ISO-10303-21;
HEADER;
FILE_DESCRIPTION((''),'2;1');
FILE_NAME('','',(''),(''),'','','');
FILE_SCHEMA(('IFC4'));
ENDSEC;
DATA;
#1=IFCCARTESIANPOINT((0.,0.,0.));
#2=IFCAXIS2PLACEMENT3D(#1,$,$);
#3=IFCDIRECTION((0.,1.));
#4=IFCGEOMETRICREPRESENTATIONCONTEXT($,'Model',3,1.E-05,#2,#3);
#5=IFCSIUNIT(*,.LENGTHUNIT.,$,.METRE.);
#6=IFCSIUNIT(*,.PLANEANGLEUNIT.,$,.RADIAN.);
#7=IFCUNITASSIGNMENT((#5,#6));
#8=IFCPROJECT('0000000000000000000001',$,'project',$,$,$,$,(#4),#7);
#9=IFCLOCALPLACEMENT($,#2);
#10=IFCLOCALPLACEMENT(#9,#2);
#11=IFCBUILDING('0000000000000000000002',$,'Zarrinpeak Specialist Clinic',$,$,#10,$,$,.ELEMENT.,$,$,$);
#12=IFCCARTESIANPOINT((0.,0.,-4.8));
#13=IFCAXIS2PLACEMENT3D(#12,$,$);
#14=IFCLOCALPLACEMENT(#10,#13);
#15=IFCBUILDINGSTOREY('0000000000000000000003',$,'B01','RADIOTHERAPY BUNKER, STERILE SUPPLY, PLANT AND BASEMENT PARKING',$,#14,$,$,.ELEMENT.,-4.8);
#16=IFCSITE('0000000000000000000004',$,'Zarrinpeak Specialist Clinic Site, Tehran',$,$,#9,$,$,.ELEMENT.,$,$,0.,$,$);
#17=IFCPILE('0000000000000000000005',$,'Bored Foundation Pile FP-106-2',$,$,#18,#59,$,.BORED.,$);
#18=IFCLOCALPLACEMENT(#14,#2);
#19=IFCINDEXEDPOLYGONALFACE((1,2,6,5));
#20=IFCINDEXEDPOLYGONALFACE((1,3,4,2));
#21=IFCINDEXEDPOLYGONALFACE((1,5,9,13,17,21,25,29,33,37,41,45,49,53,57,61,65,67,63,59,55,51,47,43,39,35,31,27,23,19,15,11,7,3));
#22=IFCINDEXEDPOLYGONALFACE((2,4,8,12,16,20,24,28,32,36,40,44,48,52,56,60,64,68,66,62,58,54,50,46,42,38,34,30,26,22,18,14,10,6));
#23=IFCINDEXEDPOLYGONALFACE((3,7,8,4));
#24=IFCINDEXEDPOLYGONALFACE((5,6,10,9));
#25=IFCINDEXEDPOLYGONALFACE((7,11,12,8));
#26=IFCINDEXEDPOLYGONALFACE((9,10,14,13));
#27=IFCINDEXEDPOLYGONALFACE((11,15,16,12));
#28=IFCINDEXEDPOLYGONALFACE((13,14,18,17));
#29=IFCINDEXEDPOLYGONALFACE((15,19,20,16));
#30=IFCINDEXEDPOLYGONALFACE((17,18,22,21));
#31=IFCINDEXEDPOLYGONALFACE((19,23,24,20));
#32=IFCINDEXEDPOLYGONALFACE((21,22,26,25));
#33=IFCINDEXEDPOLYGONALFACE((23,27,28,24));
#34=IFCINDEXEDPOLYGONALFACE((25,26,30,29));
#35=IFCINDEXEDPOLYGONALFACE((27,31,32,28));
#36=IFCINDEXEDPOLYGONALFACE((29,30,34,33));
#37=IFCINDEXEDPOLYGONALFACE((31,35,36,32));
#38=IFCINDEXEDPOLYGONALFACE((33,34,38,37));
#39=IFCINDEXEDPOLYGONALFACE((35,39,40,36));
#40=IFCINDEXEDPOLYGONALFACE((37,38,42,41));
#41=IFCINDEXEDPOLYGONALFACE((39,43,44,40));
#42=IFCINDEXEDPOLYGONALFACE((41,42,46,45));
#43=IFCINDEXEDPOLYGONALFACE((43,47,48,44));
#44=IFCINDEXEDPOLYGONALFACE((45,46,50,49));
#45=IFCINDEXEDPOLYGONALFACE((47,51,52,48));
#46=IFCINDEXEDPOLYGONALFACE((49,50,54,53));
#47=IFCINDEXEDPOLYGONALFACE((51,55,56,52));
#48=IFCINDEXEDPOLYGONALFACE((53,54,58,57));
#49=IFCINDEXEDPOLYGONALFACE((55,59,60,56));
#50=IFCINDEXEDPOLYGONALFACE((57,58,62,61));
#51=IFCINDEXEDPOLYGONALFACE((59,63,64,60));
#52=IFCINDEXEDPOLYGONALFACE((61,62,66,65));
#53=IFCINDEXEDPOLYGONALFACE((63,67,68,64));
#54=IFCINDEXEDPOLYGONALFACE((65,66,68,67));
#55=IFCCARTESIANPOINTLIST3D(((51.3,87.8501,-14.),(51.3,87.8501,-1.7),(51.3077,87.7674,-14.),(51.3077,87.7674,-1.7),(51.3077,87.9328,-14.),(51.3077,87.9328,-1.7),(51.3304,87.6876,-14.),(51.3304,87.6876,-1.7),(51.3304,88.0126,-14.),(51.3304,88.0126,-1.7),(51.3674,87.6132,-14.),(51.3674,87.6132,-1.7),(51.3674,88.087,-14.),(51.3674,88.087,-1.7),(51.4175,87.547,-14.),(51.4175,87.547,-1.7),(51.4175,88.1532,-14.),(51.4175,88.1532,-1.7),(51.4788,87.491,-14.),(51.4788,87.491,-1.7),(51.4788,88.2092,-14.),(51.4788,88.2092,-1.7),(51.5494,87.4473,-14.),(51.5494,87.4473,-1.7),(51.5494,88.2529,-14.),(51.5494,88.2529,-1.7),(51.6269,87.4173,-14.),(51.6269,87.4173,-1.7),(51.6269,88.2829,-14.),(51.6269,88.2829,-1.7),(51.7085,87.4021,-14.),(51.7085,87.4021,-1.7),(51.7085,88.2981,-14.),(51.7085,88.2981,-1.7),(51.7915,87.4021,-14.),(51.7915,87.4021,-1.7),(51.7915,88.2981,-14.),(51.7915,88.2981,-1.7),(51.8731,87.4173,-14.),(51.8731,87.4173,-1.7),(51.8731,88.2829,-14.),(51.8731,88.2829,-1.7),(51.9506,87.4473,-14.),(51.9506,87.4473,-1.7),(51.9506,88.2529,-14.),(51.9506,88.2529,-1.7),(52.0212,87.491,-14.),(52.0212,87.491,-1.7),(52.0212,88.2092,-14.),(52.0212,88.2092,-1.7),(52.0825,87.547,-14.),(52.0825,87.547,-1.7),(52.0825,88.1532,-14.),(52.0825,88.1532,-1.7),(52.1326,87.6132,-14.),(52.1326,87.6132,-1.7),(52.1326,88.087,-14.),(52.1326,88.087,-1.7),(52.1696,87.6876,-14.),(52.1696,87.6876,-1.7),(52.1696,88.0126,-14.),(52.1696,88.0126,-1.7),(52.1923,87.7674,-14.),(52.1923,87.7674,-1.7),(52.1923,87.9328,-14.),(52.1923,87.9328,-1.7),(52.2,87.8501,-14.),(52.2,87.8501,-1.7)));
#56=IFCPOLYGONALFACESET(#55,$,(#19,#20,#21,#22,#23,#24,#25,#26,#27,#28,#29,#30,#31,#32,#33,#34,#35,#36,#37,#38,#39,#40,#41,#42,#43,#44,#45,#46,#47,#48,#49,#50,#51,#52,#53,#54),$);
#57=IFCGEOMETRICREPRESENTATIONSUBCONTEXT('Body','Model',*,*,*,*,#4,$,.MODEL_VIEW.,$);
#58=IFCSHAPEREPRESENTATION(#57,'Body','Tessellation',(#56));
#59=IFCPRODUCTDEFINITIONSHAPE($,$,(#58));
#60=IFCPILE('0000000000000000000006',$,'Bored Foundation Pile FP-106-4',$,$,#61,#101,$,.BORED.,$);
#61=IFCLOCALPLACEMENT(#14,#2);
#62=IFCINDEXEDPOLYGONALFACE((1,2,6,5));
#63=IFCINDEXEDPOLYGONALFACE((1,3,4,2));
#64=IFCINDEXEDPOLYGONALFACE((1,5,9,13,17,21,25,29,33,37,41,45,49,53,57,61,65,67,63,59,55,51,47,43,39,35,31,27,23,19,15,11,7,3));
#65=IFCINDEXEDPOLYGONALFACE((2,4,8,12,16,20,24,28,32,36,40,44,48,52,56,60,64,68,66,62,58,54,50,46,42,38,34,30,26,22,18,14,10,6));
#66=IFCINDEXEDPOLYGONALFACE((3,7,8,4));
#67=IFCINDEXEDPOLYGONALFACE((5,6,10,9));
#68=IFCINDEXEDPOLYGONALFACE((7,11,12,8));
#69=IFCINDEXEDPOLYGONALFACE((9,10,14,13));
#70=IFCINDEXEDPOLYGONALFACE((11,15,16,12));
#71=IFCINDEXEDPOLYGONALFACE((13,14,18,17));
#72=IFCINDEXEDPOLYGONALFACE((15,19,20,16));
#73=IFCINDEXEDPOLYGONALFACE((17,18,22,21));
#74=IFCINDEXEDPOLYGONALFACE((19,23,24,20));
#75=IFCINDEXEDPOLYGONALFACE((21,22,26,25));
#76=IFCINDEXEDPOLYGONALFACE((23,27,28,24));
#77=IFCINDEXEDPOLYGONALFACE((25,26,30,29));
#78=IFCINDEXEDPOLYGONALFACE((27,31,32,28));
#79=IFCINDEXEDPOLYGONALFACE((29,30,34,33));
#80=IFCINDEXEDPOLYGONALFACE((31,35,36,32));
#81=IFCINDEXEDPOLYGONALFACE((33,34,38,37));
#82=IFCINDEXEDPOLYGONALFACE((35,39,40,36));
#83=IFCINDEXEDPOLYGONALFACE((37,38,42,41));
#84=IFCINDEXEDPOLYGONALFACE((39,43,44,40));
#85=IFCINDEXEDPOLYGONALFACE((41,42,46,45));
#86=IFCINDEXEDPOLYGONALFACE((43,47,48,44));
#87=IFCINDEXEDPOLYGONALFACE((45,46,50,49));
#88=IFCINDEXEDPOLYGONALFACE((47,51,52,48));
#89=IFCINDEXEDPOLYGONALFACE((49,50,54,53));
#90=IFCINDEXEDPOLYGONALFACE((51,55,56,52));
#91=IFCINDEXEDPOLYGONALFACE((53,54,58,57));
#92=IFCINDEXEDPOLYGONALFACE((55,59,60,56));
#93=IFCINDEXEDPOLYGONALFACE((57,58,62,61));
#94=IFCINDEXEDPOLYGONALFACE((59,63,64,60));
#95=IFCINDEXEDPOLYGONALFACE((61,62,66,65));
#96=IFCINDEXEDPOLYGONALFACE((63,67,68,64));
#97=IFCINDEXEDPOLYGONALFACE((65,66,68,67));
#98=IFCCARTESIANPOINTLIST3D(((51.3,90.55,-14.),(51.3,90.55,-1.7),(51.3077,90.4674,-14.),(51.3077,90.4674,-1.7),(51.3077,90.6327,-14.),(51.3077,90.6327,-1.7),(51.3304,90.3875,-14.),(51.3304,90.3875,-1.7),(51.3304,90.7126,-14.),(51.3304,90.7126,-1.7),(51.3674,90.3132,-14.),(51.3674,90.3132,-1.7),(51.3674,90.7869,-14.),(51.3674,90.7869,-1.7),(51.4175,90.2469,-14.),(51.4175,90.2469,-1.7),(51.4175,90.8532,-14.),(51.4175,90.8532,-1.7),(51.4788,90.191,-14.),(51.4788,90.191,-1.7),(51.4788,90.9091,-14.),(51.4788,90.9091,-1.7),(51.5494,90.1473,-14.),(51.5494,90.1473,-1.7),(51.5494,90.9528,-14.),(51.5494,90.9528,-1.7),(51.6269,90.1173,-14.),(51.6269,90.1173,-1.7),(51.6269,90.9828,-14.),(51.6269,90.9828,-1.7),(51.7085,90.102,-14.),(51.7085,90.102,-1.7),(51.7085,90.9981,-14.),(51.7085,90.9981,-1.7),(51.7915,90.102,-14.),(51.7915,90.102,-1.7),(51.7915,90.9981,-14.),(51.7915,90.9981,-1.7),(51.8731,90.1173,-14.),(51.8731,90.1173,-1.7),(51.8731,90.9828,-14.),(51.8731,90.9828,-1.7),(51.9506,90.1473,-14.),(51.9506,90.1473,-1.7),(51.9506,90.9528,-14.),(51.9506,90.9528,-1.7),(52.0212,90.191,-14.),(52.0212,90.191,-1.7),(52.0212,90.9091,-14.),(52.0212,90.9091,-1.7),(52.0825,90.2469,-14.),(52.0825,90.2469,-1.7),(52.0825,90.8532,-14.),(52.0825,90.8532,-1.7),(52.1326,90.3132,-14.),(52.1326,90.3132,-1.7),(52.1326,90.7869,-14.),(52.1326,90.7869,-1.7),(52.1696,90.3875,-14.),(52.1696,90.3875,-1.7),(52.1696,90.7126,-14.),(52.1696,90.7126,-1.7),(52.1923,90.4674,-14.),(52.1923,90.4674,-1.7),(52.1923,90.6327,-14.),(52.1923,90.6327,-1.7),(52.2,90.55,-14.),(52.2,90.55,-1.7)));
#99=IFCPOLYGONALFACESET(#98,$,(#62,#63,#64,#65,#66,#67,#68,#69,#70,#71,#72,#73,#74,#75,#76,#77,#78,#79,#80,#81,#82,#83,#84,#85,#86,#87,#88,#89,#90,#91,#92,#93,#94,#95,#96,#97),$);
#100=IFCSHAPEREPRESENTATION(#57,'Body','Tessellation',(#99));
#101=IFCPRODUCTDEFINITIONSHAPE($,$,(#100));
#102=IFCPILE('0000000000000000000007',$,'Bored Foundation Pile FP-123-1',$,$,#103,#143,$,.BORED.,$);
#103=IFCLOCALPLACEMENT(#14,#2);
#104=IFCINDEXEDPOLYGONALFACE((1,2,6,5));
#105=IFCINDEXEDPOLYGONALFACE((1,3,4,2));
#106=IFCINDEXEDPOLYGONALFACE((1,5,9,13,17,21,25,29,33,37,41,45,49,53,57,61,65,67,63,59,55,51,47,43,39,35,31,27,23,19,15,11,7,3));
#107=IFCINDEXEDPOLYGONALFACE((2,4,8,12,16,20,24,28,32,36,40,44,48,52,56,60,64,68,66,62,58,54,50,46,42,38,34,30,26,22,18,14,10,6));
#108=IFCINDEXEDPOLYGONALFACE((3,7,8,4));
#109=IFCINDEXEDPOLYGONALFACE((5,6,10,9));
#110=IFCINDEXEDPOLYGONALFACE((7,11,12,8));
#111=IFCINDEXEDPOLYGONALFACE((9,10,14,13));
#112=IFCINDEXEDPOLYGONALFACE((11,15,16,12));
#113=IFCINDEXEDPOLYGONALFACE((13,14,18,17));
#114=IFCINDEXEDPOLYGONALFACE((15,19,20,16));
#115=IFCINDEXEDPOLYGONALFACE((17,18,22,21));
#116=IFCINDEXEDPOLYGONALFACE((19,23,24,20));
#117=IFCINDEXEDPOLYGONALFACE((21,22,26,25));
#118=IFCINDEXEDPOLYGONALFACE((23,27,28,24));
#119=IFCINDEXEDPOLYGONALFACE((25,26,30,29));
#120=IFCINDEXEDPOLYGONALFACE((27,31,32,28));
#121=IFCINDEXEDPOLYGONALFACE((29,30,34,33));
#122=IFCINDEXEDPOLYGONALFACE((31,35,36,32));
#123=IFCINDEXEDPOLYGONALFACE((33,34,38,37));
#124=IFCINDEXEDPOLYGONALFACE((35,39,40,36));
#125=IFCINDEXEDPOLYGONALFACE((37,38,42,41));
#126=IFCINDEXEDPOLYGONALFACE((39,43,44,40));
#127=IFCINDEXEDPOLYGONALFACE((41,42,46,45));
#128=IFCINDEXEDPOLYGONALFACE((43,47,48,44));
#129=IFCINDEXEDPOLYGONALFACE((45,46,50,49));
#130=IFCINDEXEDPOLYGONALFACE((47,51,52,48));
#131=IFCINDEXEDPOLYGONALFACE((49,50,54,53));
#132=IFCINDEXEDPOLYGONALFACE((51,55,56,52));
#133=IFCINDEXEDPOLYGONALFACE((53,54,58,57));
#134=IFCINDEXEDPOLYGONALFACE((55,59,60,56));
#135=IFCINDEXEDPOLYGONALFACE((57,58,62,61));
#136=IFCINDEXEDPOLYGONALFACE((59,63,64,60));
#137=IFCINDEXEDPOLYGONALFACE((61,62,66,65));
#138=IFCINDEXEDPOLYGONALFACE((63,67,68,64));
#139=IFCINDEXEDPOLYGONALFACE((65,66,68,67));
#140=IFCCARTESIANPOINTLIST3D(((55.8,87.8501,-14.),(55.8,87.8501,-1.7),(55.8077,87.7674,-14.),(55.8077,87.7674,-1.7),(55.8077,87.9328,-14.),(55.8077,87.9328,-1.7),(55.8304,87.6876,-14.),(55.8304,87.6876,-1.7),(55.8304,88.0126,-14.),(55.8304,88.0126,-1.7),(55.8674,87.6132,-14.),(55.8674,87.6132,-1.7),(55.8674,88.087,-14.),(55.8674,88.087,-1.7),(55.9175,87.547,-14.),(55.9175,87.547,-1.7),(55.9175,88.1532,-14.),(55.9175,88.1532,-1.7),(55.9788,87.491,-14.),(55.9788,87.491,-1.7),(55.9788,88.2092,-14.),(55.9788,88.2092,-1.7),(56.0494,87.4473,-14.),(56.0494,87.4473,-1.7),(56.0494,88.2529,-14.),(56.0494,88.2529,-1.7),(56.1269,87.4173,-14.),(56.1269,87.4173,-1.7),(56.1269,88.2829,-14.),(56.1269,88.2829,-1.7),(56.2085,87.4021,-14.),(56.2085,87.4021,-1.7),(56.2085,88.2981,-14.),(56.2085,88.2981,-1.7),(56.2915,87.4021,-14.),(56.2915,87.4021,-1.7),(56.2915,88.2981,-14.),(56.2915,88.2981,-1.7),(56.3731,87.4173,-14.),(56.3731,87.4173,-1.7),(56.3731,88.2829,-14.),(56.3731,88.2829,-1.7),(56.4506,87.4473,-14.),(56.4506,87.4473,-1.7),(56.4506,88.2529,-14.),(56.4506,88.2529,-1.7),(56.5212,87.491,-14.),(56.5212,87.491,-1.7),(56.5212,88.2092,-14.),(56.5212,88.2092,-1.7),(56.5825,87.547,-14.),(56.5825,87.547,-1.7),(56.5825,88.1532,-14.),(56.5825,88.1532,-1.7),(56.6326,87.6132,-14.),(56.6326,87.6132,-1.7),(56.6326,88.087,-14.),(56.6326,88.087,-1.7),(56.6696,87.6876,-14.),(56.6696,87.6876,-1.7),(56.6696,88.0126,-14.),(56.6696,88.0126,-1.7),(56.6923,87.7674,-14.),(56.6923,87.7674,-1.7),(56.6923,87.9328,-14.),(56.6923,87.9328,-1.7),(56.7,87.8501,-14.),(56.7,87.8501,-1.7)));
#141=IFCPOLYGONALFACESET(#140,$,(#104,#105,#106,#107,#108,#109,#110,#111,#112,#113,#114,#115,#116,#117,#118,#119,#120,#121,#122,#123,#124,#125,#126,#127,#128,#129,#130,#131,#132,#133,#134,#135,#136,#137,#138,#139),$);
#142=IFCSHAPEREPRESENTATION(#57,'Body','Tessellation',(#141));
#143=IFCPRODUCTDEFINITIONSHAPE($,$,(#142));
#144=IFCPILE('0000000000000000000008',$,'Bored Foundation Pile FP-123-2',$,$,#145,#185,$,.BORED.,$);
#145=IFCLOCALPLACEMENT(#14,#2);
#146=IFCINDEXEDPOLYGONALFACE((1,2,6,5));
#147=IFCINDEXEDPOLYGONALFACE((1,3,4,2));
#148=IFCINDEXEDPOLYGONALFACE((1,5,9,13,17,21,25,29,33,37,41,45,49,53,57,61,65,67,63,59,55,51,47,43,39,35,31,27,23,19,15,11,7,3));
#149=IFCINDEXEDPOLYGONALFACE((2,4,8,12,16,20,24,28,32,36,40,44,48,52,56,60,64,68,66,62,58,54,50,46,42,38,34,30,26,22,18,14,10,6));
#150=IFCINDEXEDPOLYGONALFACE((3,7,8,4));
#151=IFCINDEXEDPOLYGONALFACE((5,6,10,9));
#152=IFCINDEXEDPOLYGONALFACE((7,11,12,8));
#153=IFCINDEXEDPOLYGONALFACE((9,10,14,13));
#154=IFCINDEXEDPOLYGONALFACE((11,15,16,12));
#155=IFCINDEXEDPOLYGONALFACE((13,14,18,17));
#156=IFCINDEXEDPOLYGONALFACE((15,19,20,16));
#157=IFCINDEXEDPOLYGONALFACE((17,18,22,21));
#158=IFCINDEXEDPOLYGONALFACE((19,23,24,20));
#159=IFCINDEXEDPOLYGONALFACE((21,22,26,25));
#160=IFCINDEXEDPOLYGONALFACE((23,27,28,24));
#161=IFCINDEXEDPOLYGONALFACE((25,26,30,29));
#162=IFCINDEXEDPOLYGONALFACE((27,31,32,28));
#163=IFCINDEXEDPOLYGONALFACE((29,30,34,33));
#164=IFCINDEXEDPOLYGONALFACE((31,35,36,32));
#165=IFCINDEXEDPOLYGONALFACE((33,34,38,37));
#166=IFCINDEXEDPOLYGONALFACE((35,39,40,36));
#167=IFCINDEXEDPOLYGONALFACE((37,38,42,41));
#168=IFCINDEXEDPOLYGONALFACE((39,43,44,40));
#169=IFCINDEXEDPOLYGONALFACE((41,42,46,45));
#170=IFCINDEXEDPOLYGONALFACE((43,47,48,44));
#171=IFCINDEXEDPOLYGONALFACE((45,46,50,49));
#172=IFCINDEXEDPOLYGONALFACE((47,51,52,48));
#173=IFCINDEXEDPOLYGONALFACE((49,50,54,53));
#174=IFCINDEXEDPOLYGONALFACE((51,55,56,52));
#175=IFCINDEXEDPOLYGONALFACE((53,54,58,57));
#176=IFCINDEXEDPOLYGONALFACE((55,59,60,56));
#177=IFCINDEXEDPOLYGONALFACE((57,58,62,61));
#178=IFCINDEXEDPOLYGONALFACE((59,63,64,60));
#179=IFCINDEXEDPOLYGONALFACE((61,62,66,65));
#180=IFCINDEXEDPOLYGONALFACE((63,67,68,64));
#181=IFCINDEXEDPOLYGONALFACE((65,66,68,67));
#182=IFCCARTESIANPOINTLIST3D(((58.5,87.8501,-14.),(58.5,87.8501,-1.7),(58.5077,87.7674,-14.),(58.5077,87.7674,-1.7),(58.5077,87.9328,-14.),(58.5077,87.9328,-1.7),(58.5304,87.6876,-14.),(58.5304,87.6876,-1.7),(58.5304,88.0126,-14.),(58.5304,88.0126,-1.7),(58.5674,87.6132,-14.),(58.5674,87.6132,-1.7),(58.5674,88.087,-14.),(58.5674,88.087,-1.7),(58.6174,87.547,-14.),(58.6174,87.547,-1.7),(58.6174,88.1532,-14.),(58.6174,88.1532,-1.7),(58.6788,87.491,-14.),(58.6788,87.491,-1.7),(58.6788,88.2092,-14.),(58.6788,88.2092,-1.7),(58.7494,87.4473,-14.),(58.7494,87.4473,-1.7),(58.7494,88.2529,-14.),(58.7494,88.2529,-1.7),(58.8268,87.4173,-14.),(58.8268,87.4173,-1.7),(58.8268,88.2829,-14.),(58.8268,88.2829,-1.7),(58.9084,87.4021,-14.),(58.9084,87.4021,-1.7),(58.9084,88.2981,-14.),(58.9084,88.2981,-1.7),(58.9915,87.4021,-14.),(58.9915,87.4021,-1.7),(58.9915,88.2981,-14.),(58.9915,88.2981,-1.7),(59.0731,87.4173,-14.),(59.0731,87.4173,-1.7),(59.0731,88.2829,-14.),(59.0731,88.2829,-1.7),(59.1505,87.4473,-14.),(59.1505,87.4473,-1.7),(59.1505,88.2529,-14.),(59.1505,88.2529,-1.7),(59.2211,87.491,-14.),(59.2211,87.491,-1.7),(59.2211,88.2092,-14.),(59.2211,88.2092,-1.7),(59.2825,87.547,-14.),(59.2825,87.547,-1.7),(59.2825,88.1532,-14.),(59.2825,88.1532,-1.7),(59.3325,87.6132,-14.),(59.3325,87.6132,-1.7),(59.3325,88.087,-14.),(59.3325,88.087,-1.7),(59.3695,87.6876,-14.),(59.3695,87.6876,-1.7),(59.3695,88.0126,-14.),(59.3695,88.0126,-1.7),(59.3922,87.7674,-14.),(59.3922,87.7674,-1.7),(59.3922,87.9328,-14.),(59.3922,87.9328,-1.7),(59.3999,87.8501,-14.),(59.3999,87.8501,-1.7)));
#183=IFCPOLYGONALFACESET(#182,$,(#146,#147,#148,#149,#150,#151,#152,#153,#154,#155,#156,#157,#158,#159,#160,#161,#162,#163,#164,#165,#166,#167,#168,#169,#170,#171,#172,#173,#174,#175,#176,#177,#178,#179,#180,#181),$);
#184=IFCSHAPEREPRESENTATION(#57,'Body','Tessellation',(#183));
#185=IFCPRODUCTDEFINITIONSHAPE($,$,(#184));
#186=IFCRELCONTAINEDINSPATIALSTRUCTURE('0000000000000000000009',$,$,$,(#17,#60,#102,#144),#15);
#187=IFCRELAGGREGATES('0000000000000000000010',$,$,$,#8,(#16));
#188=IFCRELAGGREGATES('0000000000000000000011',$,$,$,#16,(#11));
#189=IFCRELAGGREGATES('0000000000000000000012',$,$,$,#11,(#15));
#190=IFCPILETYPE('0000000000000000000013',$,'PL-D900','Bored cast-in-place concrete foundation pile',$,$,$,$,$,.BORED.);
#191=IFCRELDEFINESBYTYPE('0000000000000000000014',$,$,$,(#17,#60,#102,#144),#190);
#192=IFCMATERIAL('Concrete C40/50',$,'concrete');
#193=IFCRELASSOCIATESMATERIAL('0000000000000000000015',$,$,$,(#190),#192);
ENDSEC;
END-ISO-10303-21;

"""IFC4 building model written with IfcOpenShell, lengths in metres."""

from ifc_helpers import new_model, si_unit, direction, frame, origin, origin_2d, place, context, subcontext, project, spatial, circle, extrude, material, material_profile, profile_set, type_object, element, save


model = new_model("IFC4")

# Units and contexts
model_context = context("Model", 3, precision=1e-05, world=origin(), true_north=direction((0.0, 1.0)))
body_context = subcontext(model_context, "Body", "Model", "MODEL_VIEW")
ifc_project = project(units=[si_unit("LENGTHUNIT", "METRE"), si_unit("PLANEANGLEUNIT", "RADIAN")], contexts=[model_context])

# Site, building, storey
site_placement = place(None, origin())
site = spatial("IfcSite", under=ifc_project, at=site_placement, Name="Zarrinpeak Specialist Clinic Site, Tehran", CompositionType="ELEMENT", RefElevation=0.0)
building_placement = place(site_placement, origin())
building = spatial("IfcBuilding", under=site, at=building_placement, Name="Zarrinpeak Specialist Clinic", CompositionType="ELEMENT")
storey_placement = place(building_placement, frame((0.0, 0.0, -4.8)))
storey = spatial("IfcBuildingStorey", under=building, at=storey_placement, Name="B01", Description="RADIOTHERAPY BUNKER, STERILE SUPPLY, PLANT AND BASEMENT PARKING", CompositionType="ELEMENT", Elevation=-4.8)

# Shared definitions
ifc_material = material(Name="Concrete C40/50", Category="concrete")

# Piles
ifc_material_profile_1 = material_profile(ifc_material, circle(Radius=0.45, at=origin_2d()), Name="BORED PILE D900")
ifc_profile_set_1 = profile_set([ifc_material_profile_1], Name="Concrete C40/50")
pile_type_1 = type_object("IfcPileType", Name="PL-D900", Description="Bored cast-in-place concrete foundation pile", PredefinedType="BORED", material=ifc_profile_set_1)
for number, where, z_axis, x_axis, name in (
    (1, (51.75, 87.8501, -1.7), (0.0, 0.0, -1.0), (1.0, 0.0, 0.0), "Bored Foundation Pile FP-106-2"),
    (2, (51.75, 90.55, -1.7), (0.0, 0.0, -1.0), (1.0, 0.0, 0.0), "Bored Foundation Pile FP-106-4"),
    (3, (56.25, 87.8501, -1.7), (0.0, 0.0, -1.0), (1.0, 0.0, 0.0), "Bored Foundation Pile FP-123-1"),
    (4, (58.95, 87.8501, -1.7), (0.0, 0.0, -1.0), (1.0, 0.0, 0.0), "Bored Foundation Pile FP-123-2"),
):
    element("IfcPile", number, at=place(storey_placement, frame(where, z_axis=z_axis, x_axis=x_axis)), inside=storey, type_object=pile_type_1, Name=name, PredefinedType="BORED", context=body_context, shape_type="SweptSolid", body=[
        extrude(circle(Radius=0.45, at=origin_2d()), origin(), (0.0, 0.0, 1.0), 12.3),
    ])

save(model, "model.ifc")
